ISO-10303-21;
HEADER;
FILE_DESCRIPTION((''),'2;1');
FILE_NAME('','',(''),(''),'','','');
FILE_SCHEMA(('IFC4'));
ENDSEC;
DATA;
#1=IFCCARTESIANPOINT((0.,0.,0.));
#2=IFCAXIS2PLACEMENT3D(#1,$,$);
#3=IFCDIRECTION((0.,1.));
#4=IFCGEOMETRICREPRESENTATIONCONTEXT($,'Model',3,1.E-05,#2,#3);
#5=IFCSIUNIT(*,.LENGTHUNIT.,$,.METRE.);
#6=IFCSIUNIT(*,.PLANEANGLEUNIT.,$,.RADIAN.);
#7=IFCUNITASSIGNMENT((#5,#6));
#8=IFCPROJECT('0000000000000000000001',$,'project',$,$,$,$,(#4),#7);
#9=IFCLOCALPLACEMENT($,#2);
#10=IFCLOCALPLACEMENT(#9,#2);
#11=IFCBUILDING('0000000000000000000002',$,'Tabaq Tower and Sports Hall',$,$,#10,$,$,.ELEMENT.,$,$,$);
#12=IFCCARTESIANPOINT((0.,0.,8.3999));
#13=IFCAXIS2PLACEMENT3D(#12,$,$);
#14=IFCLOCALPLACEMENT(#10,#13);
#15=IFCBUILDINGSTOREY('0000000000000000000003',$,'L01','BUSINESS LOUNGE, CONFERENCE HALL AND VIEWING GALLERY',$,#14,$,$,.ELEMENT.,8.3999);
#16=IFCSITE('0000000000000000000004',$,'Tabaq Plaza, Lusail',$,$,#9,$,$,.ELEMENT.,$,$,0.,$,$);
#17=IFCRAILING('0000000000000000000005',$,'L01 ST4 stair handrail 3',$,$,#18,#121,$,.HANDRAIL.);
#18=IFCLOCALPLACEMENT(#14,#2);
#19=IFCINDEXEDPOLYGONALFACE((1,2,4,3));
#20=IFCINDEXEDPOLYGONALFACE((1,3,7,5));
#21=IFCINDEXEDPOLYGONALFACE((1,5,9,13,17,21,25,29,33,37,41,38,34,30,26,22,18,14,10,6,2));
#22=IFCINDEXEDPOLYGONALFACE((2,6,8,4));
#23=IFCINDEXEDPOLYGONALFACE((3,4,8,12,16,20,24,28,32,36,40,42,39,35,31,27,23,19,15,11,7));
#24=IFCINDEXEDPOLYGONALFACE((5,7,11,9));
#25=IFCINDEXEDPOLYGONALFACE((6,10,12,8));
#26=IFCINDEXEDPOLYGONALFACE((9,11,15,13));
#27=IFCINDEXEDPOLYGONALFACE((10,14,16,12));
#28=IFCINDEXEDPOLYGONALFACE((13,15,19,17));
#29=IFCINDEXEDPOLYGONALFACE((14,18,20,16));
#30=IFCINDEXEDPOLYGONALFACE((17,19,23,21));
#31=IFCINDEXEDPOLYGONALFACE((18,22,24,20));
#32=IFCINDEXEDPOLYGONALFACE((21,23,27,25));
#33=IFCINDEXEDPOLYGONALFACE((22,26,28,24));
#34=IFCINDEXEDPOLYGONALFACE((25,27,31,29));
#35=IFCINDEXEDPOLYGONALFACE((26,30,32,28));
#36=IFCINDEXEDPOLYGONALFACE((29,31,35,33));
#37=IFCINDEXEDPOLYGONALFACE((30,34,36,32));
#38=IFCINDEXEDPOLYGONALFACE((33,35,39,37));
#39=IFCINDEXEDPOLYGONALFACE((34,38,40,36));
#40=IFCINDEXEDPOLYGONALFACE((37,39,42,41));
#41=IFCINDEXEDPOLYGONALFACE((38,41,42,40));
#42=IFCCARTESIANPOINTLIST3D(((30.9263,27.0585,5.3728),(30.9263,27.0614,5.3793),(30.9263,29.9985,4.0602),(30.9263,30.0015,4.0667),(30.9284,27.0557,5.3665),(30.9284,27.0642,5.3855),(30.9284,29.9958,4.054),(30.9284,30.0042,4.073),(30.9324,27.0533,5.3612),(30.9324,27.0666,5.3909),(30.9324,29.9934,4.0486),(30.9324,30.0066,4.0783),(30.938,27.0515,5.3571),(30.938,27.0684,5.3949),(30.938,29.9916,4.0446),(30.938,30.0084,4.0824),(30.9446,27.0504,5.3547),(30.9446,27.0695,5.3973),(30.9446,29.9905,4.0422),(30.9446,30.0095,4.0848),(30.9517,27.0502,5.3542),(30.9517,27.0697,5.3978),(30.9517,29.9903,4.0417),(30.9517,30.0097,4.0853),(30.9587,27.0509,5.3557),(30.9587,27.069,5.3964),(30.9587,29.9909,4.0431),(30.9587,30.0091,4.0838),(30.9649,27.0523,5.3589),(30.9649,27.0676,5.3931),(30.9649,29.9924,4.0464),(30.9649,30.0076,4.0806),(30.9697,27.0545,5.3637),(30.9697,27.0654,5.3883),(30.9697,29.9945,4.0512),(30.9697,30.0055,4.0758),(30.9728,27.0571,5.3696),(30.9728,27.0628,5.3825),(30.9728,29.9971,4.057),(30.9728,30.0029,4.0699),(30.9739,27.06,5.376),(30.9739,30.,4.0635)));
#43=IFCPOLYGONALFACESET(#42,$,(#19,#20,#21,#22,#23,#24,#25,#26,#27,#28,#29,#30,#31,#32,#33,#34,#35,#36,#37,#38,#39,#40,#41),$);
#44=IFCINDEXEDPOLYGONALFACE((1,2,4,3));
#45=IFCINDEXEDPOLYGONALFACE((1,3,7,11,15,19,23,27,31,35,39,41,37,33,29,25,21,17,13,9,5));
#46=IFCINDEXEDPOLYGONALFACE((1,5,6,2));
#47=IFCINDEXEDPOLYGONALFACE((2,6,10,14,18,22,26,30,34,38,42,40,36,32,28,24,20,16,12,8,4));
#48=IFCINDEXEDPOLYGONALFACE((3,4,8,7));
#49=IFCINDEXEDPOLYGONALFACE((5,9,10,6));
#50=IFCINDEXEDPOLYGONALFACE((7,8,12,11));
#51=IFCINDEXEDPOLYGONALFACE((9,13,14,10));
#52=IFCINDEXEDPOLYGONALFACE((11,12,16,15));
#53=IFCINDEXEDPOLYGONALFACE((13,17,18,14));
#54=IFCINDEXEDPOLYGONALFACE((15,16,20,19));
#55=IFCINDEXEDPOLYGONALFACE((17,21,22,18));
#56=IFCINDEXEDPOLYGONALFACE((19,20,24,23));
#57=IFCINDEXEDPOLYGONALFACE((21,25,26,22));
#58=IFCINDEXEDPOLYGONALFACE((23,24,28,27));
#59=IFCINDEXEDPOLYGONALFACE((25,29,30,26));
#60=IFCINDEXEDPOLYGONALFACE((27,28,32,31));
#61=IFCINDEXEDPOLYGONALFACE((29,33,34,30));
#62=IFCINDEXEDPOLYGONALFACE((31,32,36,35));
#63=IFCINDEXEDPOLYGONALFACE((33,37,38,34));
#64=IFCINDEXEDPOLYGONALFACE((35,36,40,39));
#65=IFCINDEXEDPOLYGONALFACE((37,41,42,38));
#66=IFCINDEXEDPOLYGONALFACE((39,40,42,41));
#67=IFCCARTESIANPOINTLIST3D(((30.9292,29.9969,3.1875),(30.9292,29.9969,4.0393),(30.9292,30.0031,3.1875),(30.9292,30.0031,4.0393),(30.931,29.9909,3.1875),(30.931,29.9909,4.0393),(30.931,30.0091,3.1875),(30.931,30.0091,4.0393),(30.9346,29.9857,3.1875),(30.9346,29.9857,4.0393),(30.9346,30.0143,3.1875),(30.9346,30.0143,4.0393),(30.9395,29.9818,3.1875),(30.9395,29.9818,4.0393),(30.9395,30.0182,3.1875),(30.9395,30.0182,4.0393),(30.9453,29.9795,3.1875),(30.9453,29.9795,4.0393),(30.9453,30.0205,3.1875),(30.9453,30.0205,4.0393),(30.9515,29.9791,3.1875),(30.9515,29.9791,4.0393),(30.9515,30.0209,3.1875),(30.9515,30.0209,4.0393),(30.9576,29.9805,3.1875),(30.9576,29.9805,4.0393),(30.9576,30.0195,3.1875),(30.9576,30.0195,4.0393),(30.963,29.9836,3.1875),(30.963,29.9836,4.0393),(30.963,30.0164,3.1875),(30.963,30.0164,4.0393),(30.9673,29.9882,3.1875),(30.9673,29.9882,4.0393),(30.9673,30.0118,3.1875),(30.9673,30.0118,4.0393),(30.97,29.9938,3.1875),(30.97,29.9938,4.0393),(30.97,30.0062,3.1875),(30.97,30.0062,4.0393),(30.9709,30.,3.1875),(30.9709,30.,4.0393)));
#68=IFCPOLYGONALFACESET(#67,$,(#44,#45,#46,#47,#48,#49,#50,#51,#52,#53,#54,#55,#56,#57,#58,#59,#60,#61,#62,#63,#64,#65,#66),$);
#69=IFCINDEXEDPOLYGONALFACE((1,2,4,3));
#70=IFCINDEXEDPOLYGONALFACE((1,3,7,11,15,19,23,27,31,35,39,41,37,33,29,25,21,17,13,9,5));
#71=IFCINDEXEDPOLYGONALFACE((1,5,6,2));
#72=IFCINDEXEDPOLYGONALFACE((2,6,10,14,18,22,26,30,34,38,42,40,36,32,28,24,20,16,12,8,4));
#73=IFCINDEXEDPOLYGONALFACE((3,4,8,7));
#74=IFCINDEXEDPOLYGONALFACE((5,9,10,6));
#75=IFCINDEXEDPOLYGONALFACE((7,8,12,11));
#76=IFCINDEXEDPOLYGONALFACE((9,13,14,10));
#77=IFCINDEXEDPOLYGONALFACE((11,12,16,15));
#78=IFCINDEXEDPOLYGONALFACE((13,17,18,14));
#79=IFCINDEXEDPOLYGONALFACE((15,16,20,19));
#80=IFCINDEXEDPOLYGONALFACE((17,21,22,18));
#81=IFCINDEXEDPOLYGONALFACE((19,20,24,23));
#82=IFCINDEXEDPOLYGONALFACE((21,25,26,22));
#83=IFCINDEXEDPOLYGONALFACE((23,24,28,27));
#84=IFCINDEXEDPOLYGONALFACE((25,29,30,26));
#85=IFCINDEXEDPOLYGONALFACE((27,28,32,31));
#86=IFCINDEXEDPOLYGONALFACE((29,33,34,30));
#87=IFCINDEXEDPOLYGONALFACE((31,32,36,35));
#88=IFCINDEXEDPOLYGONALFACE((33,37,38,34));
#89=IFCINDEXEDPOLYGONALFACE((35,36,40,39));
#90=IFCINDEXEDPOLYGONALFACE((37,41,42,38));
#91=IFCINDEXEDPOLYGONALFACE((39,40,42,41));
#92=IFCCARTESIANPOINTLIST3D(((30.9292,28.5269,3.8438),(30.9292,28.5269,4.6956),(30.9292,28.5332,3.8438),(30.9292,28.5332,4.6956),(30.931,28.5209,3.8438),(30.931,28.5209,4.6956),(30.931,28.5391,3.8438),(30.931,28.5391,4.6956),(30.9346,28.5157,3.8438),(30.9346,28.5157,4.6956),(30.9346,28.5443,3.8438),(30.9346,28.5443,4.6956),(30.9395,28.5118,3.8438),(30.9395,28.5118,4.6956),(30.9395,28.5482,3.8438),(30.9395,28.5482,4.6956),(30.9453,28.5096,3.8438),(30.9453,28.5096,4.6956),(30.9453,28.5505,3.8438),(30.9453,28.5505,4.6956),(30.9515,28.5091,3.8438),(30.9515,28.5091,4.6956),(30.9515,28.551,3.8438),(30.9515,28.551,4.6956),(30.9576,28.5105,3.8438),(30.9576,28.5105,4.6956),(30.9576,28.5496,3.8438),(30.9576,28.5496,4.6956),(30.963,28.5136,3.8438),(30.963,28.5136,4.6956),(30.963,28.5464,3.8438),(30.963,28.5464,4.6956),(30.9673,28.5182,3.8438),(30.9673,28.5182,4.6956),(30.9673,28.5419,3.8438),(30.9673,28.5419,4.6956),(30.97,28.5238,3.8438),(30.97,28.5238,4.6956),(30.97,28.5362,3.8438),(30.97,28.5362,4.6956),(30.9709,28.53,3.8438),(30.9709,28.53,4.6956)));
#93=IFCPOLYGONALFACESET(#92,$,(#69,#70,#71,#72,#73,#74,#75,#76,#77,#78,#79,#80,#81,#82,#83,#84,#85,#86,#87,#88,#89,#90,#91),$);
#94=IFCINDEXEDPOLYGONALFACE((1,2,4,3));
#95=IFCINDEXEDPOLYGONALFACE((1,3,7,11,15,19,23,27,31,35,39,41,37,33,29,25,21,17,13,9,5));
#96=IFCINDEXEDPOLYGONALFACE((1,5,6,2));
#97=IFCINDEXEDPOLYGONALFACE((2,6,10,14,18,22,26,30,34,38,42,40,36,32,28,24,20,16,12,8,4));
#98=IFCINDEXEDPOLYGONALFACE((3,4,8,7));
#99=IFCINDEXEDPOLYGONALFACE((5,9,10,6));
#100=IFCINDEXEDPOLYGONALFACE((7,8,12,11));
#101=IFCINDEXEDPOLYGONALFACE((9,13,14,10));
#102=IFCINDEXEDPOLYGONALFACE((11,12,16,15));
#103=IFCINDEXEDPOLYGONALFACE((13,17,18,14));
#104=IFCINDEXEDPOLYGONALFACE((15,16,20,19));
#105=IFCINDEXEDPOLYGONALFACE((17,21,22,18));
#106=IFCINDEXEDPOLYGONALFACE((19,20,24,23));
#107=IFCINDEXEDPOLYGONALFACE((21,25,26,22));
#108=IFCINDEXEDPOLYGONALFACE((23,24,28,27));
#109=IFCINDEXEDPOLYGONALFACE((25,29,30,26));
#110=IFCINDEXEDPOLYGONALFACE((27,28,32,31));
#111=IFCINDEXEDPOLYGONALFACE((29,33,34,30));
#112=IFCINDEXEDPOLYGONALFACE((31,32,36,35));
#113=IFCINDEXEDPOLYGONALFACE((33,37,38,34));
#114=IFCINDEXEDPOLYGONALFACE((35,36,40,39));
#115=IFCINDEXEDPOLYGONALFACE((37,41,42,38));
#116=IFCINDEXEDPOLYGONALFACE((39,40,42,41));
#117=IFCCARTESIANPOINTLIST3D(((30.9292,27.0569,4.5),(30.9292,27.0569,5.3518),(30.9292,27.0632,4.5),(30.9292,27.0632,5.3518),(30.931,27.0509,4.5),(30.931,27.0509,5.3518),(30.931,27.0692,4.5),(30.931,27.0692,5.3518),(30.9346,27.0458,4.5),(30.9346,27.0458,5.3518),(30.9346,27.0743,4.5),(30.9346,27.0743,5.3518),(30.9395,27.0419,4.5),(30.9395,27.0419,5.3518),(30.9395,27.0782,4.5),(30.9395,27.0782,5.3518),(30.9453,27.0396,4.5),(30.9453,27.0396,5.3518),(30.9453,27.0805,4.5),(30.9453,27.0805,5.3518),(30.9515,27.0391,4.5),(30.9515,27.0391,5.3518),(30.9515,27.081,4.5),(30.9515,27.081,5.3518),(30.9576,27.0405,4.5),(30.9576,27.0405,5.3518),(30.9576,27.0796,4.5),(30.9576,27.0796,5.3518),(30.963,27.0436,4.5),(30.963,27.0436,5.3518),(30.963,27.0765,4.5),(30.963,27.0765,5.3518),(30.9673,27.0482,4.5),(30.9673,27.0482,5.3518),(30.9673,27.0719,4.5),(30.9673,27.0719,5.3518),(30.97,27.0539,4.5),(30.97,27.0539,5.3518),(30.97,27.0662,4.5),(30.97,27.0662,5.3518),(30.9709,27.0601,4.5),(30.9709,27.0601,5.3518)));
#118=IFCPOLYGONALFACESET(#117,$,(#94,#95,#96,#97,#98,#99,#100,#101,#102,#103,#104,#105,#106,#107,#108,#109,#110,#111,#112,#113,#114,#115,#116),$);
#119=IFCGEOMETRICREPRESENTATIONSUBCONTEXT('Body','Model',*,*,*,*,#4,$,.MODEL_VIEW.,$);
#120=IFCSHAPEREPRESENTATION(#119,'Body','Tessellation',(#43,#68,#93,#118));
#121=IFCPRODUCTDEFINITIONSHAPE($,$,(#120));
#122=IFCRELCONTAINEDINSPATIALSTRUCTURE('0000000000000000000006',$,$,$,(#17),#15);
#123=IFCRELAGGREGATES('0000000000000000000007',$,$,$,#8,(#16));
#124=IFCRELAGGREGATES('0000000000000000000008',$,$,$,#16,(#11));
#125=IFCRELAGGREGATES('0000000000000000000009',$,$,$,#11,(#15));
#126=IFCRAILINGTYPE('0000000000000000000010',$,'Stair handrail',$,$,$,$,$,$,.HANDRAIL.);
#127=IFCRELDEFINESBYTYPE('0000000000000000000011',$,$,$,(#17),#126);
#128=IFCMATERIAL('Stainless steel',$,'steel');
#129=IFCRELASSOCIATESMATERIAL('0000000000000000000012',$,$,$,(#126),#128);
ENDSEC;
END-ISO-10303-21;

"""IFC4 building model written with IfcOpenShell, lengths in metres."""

from ifc_helpers import new_model, si_unit, direction, frame, origin, origin_2d, place, context, subcontext, project, spatial, circle, extrude, material, type_object, element, save


model = new_model("IFC4")

# Units and contexts
model_context = context("Model", 3, precision=1e-05, world=origin(), true_north=direction((0.0, 1.0)))
body_context = subcontext(model_context, "Body", "Model", "MODEL_VIEW")
ifc_project = project(units=[si_unit("LENGTHUNIT", "METRE"), si_unit("PLANEANGLEUNIT", "RADIAN")], contexts=[model_context])

# Site, building, storey
site_placement = place(None, origin())
site = spatial("IfcSite", under=ifc_project, at=site_placement, Name="Tabaq Plaza, Lusail", CompositionType="ELEMENT", RefElevation=0.0)
building_placement = place(site_placement, origin())
building = spatial("IfcBuilding", under=site, at=building_placement, Name="Tabaq Tower and Sports Hall", CompositionType="ELEMENT")
storey_placement = place(building_placement, frame((0.0, 0.0, 8.3999)))
storey = spatial("IfcBuildingStorey", under=building, at=storey_placement, Name="L01", Description="BUSINESS LOUNGE, CONFERENCE HALL AND VIEWING GALLERY", CompositionType="ELEMENT", Elevation=8.3999)

# Railing
ifc_material_1 = material(Name="Stainless steel", Category="steel")
railing_type_1 = type_object("IfcRailingType", Name="Stair handrail", PredefinedType="HANDRAIL", material=ifc_material_1)
railing_1_placement = place(storey_placement, frame((30.95, 30.0, 3.1875)))
element("IfcRailing", 1, at=railing_1_placement, inside=storey, type_object=railing_type_1, Name="L01 ST4 stair handrail 3", PredefinedType="HANDRAIL", context=body_context, shape_type="SweptSolid", body=[
    extrude(circle(Radius=0.0239, at=origin_2d()), frame((0.0, 0.0, 0.876), z_axis=(0.0, -0.913135, 0.407658), x_axis=(1.0, 0.0, 0.0)), (0.0, 0.0, 1.0), 3.2197),
    extrude(circle(Radius=0.021, at=origin_2d()), origin(), (0.0, 0.0, 1.0), 0.8518),
    extrude(circle(Radius=0.021, at=origin_2d()), frame((0.0, -1.47, 0.6562)), (0.0, 0.0, 1.0), 0.8518),
    extrude(circle(Radius=0.021, at=origin_2d()), frame((0.0, -2.9399, 1.3125)), (0.0, 0.0, 1.0), 0.8518),
])

save(model, "model.ifc")
